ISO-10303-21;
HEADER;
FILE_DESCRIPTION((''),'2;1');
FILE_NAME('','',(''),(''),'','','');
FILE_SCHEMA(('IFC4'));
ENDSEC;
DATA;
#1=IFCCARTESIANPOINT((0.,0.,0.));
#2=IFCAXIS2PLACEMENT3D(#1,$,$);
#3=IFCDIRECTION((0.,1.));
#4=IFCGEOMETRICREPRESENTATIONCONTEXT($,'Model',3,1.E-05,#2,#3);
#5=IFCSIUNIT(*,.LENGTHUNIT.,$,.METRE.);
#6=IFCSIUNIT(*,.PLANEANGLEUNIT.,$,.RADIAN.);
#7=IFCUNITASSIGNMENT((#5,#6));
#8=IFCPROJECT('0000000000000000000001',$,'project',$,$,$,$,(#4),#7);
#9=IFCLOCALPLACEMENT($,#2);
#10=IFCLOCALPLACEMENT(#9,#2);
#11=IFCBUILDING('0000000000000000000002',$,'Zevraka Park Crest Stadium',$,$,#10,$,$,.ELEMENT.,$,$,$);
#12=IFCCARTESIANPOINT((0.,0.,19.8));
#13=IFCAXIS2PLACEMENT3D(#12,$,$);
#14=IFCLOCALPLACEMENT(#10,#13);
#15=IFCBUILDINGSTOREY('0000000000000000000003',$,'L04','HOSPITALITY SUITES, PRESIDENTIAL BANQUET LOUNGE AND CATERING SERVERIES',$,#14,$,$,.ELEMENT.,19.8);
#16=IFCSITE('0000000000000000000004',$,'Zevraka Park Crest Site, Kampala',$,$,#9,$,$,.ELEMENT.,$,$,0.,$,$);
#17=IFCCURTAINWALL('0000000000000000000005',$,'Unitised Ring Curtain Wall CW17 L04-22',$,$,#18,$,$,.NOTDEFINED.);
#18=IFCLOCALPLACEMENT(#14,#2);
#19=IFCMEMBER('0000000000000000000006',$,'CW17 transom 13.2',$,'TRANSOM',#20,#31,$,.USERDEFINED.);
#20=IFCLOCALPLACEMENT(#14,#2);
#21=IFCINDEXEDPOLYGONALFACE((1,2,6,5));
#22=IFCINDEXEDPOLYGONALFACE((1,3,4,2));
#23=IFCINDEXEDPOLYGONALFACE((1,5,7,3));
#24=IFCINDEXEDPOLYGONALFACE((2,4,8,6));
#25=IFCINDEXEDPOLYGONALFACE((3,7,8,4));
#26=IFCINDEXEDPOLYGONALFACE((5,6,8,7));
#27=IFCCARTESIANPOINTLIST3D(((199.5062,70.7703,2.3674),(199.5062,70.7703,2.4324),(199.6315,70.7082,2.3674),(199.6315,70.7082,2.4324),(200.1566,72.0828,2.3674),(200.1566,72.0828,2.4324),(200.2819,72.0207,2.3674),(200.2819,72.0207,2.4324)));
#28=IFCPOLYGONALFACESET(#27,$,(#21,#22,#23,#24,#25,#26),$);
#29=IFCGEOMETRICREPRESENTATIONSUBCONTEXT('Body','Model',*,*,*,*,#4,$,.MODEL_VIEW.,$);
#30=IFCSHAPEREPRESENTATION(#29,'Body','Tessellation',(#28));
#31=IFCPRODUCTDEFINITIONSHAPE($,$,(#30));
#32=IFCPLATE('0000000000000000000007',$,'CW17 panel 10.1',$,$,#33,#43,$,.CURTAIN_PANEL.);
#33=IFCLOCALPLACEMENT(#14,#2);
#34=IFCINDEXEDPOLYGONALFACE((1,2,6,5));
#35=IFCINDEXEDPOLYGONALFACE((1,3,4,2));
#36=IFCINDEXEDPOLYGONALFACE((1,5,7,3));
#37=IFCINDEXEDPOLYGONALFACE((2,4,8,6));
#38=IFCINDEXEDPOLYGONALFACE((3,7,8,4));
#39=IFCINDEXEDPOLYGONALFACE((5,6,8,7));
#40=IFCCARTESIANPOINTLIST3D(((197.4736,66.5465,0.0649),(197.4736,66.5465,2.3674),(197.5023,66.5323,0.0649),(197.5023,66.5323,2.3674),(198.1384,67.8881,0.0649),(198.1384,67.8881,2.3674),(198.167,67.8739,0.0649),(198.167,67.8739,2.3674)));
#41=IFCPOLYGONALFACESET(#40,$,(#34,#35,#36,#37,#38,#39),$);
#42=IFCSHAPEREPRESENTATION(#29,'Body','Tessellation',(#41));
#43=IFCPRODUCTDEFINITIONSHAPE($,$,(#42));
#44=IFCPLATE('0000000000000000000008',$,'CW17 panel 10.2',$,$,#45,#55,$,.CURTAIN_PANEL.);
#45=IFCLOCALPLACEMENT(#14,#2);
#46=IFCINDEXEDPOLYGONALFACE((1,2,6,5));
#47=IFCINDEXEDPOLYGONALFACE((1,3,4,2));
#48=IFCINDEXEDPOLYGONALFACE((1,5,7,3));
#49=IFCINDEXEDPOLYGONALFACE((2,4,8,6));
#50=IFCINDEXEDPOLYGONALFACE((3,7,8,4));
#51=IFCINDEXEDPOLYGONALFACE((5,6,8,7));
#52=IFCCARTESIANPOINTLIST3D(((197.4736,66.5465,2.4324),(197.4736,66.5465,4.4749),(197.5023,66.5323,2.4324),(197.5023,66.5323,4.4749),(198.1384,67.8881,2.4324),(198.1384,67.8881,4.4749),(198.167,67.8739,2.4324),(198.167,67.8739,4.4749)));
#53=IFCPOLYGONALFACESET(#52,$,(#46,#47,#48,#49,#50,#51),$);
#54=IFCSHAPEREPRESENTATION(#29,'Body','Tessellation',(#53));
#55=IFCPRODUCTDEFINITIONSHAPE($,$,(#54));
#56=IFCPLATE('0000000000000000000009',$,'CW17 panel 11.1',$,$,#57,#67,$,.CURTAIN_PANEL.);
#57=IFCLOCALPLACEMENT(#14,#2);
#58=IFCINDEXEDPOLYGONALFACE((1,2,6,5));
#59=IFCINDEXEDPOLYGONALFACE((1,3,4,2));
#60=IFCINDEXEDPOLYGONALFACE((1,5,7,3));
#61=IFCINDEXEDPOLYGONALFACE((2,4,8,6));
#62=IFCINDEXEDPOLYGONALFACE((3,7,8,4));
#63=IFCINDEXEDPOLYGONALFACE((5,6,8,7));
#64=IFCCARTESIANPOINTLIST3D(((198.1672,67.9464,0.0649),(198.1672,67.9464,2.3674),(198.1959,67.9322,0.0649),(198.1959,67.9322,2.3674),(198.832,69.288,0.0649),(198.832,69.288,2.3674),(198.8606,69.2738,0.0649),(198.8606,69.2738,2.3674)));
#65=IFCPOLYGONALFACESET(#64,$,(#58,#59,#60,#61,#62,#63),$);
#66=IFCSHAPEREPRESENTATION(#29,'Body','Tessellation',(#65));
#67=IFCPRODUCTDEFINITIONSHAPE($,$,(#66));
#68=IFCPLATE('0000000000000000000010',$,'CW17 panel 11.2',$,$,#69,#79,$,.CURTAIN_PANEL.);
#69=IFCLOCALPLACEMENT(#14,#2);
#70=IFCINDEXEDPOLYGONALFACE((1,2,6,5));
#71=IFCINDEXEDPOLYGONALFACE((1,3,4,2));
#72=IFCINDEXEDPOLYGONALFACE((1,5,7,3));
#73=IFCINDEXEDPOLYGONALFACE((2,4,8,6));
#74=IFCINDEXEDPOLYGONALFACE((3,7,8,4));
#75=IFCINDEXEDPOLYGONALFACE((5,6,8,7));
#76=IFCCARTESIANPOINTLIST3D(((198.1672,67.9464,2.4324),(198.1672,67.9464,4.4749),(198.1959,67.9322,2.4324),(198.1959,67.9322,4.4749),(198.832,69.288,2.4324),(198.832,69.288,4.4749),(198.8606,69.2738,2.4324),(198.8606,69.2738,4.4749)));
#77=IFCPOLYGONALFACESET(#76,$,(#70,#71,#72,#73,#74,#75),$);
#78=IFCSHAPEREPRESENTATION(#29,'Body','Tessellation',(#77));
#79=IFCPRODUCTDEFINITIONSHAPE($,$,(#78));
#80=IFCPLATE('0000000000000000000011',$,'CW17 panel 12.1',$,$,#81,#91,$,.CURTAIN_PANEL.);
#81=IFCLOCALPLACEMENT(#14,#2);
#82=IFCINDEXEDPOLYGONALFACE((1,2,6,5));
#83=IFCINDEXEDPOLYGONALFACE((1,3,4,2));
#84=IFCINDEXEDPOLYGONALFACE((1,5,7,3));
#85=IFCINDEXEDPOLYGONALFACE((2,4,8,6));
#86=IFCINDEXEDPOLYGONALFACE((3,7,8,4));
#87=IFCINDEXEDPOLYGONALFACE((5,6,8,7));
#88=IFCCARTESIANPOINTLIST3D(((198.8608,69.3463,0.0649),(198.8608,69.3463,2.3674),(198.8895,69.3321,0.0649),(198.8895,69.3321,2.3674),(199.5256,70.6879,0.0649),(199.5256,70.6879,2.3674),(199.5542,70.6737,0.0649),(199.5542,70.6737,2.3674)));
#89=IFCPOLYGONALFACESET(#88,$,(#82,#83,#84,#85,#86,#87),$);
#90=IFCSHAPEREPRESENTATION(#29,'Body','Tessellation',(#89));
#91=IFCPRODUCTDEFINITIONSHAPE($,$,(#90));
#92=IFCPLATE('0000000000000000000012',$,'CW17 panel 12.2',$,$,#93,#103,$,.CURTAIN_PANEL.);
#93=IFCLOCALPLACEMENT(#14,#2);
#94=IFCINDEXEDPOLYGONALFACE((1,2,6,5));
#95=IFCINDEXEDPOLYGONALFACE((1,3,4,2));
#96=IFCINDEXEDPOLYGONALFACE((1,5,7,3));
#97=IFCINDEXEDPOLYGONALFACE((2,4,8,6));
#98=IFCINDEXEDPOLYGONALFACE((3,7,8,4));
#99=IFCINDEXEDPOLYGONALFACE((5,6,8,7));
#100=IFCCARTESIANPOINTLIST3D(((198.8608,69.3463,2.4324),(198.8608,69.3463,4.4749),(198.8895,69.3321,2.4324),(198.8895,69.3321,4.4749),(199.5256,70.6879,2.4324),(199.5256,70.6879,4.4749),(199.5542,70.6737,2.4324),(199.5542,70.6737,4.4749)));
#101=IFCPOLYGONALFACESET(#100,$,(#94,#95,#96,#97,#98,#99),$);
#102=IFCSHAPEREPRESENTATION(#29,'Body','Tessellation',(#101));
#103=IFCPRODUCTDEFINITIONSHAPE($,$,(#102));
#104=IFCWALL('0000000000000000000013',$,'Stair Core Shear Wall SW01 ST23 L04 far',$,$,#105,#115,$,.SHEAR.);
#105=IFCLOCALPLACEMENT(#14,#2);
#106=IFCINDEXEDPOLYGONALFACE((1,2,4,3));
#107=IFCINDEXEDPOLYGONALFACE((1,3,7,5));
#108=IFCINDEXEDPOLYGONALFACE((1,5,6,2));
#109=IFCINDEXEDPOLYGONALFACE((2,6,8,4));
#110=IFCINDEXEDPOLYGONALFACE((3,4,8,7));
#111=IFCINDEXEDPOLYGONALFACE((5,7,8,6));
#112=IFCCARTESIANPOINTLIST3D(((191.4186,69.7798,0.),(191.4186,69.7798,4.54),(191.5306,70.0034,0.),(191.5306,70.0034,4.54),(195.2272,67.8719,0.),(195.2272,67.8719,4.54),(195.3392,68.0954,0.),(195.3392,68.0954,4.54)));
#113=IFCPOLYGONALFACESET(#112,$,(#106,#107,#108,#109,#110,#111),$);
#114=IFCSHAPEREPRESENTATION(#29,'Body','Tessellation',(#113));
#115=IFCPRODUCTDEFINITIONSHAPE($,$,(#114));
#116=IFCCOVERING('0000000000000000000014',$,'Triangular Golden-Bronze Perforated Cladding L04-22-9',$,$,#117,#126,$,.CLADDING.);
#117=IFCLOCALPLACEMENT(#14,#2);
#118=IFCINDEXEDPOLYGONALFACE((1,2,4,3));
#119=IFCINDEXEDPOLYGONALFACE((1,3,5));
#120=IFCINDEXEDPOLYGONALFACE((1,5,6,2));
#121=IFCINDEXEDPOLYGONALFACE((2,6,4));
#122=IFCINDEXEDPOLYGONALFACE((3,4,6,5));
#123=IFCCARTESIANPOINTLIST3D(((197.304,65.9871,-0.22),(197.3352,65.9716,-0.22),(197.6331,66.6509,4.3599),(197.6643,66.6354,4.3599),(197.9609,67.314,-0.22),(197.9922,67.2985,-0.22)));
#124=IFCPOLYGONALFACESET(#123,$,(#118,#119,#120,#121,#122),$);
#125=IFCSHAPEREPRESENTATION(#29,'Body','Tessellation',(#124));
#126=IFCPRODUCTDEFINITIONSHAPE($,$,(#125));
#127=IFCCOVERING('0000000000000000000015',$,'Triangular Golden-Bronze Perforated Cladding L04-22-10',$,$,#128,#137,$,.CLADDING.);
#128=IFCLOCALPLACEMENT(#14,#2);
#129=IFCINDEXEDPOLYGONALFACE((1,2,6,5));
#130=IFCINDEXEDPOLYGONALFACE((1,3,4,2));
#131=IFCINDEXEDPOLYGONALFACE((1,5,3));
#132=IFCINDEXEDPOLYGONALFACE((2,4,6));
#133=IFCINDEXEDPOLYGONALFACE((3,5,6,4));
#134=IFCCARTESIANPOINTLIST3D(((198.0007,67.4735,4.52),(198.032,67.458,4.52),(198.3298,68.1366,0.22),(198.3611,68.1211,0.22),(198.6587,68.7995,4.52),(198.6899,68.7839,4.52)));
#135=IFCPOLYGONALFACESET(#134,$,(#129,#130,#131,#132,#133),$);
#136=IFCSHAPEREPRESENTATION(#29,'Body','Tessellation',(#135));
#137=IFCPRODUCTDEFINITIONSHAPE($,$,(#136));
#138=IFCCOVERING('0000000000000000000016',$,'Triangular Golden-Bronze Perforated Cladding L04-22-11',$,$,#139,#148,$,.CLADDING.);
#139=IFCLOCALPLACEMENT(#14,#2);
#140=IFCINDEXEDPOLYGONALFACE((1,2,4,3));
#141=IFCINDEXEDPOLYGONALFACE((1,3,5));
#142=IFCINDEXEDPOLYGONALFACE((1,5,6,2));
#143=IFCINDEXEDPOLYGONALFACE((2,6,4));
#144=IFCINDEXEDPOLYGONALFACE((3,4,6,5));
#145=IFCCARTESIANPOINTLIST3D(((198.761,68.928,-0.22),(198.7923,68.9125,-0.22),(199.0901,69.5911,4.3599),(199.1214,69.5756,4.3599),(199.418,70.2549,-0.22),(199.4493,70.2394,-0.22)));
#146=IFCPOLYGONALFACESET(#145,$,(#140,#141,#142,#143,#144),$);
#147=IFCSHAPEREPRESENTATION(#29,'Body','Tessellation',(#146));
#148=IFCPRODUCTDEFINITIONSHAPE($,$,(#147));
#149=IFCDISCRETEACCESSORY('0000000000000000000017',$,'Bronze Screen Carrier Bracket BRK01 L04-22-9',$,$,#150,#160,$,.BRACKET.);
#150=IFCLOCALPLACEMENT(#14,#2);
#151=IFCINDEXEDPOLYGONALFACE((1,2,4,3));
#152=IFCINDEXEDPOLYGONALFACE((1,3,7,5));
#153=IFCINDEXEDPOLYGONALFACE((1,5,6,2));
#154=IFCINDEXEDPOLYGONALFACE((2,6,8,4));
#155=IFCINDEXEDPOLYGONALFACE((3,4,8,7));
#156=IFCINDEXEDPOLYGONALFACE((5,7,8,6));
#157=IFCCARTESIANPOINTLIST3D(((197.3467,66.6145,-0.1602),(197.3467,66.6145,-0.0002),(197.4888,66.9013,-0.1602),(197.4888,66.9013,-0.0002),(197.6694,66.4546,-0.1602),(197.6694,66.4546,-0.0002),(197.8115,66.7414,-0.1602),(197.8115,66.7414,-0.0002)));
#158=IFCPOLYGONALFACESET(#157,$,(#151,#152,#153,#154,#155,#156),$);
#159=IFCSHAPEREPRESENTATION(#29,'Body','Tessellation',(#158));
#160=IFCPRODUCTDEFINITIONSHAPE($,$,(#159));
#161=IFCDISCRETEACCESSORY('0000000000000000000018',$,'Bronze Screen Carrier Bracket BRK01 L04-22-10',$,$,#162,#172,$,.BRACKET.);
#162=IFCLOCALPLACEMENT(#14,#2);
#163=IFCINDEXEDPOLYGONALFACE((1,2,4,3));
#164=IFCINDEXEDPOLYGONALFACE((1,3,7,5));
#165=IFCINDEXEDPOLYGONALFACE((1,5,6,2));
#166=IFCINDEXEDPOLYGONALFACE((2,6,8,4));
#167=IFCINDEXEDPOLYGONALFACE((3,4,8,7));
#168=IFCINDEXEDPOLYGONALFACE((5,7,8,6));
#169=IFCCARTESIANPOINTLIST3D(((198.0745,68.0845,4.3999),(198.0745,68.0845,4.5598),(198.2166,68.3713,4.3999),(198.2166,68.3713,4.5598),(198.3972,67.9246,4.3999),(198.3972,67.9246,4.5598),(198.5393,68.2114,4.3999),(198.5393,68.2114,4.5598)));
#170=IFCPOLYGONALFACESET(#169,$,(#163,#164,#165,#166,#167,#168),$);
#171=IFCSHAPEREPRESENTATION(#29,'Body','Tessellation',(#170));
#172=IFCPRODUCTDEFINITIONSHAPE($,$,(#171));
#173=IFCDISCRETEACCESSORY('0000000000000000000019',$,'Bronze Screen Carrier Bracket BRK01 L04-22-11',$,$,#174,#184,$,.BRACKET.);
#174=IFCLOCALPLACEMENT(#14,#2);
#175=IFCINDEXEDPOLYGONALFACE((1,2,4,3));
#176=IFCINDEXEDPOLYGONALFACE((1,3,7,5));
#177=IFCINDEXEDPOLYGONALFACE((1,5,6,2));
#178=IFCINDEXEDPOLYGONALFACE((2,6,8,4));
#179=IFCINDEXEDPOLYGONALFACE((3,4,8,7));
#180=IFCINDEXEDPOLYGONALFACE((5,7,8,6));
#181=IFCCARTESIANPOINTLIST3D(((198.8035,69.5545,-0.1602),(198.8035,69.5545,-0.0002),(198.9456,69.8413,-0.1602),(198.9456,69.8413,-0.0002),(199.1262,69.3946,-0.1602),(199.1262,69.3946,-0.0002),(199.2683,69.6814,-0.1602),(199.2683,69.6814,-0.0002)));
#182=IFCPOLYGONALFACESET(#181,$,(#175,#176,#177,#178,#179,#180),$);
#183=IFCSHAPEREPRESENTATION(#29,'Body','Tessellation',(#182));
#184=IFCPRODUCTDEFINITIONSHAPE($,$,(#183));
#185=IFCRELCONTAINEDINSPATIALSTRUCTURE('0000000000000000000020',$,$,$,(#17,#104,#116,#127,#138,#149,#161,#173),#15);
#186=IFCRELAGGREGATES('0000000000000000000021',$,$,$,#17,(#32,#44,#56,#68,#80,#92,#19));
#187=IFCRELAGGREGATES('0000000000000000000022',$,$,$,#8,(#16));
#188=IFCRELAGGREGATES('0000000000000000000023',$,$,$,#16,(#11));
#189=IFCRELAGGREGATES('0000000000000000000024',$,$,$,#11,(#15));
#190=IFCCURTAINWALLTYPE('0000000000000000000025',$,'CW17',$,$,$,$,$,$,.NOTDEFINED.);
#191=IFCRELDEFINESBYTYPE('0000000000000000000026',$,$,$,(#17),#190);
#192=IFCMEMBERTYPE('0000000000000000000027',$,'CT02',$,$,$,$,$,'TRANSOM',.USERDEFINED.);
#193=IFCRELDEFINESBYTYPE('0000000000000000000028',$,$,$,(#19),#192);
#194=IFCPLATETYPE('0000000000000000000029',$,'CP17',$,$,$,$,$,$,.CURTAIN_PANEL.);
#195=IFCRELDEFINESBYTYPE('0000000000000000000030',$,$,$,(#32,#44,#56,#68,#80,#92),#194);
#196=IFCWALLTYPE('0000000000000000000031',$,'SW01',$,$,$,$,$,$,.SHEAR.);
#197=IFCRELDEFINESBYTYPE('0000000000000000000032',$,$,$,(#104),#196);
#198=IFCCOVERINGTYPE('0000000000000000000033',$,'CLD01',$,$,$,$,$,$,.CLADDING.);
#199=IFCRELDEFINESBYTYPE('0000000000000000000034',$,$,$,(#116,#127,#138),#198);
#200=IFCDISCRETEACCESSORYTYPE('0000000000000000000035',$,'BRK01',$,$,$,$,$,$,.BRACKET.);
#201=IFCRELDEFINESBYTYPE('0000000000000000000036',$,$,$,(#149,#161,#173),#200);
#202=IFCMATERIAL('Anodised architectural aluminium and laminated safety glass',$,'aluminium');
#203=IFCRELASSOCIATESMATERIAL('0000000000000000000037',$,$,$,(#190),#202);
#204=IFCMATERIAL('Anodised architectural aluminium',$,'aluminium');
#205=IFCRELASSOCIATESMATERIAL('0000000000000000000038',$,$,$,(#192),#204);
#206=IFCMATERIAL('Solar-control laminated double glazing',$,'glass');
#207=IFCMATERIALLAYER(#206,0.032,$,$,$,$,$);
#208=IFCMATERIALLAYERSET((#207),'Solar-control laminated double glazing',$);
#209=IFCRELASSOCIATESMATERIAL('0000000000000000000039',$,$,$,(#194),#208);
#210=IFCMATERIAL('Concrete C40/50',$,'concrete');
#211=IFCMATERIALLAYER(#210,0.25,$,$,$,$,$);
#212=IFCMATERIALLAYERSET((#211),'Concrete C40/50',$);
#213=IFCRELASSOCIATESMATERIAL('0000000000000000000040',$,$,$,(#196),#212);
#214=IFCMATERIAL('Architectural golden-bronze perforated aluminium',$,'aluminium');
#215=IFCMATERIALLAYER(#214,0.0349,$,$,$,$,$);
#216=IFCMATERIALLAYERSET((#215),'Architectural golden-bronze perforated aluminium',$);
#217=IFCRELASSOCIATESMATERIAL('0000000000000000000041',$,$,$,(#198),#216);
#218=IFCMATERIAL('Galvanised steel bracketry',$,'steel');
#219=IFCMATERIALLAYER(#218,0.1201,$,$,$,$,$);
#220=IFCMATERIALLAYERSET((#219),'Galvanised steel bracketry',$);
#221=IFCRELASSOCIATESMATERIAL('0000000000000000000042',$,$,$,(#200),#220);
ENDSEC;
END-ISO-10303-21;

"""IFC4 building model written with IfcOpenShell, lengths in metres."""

from ifc_helpers import new_model, si_unit, direction, frame, frame_2d, origin, origin_2d, place, context, subcontext, project, spatial, polyline, rectangle, outline, extrude, material, layer, layer_set, material_profile, profile_set, type_object, element, aggregate, save


model = new_model("IFC4")

# Units and contexts
model_context = context("Model", 3, precision=1e-05, world=origin(), true_north=direction((0.0, 1.0)))
body_context = subcontext(model_context, "Body", "Model", "MODEL_VIEW")
ifc_project = project(units=[si_unit("LENGTHUNIT", "METRE"), si_unit("PLANEANGLEUNIT", "RADIAN")], contexts=[model_context])

# Site, building, storey
site_placement = place(None, origin())
site = spatial("IfcSite", under=ifc_project, at=site_placement, Name="Zevraka Park Crest Site, Kampala", CompositionType="ELEMENT", RefElevation=0.0)
building_placement = place(site_placement, origin())
building = spatial("IfcBuilding", under=site, at=building_placement, Name="Zevraka Park Crest Stadium", CompositionType="ELEMENT")
storey_placement = place(building_placement, frame((0.0, 0.0, 19.8)))
storey = spatial("IfcBuildingStorey", under=building, at=storey_placement, Name="L04", Description="HOSPITALITY SUITES, PRESIDENTIAL BANQUET LOUNGE AND CATERING SERVERIES", CompositionType="ELEMENT", Elevation=19.8)

# Curtain wall, member, plates
ifc_material_1 = material(Name="Anodised architectural aluminium and laminated safety glass", Category="aluminium")
curtain_wall_type = type_object("IfcCurtainWallType", Name="CW17", PredefinedType="NOTDEFINED", material=ifc_material_1)
curtain_wall_placement = place(storey_placement, origin())
curtain_wall = element("IfcCurtainWall", 1, at=curtain_wall_placement, inside=storey, type_object=curtain_wall_type, Name="Unitised Ring Curtain Wall CW17 L04-22", PredefinedType="NOTDEFINED")
ifc_material_2 = material(Name="Anodised architectural aluminium", Category="aluminium")
ifc_material_profile_1 = material_profile(ifc_material_2, rectangle(XDim=0.1399, YDim=0.0649, at=origin_2d()), Name="ALU TRANSOM 140x65")
ifc_profile_set_1 = profile_set([ifc_material_profile_1], Name="Anodised architectural aluminium")
member_type_1 = type_object("IfcMemberType", Name="CT02", ElementType="TRANSOM", PredefinedType="USERDEFINED", material=ifc_profile_set_1)
member_1_placement = place(storey_placement, frame((199.5688, 70.7393, 2.3999), z_axis=(0.444011, 0.896022, 0.0), x_axis=(-0.896022, 0.444011, 0.0)))
member_1 = element("IfcMember", 2, at=member_1_placement, type_object=member_type_1, Name="CW17 transom 13.2", ObjectType="TRANSOM", PredefinedType="USERDEFINED", context=body_context, shape_type="SweptSolid", body=[
    extrude(rectangle(XDim=0.1399, YDim=0.0649, at=origin_2d()), origin(), (0.0, 0.0, 1.0), 1.4648),
])
ifc_material_3 = material(Name="Solar-control laminated double glazing", Category="glass")
ifc_layer_1 = layer(ifc_material_3, 0.032)
ifc_layer_set_1 = layer_set([ifc_layer_1], Name="Solar-control laminated double glazing")
plate_type = type_object("IfcPlateType", Name="CP17", PredefinedType="CURTAIN_PANEL", material=ifc_layer_set_1)
plate_1_placement = place(storey_placement, frame((197.8203, 67.2102, 0.0649), z_axis=(0.0, 0.0, 1.0), x_axis=(0.443961, 0.896046, 0.0)))
plate_1 = element("IfcPlate", 3, at=plate_1_placement, type_object=plate_type, Name="CW17 panel 10.1", PredefinedType="CURTAIN_PANEL", context=body_context, shape_type="SweptSolid", body=[
    extrude(rectangle(XDim=1.4973, YDim=0.032, at=origin_2d()), origin(), (0.0, 0.0, 1.0), 2.3025),
])
plate_2_placement = place(storey_placement, frame((197.8203, 67.2102, 2.4324), z_axis=(0.0, 0.0, 1.0), x_axis=(0.443961, 0.896046, 0.0)))
plate_2 = element("IfcPlate", 4, at=plate_2_placement, type_object=plate_type, Name="CW17 panel 10.2", PredefinedType="CURTAIN_PANEL", context=body_context, shape_type="SweptSolid", body=[
    extrude(rectangle(XDim=1.4973, YDim=0.032, at=origin_2d()), origin(), (0.0, 0.0, 1.0), 2.0425),
])
plate_3_placement = place(storey_placement, frame((198.5139, 68.6101, 0.0649), z_axis=(0.0, 0.0, 1.0), x_axis=(0.443961, 0.896046, 0.0)))
plate_3 = element("IfcPlate", 5, at=plate_3_placement, type_object=plate_type, Name="CW17 panel 11.1", PredefinedType="CURTAIN_PANEL", context=body_context, shape_type="SweptSolid", body=[
    extrude(rectangle(XDim=1.4973, YDim=0.032, at=origin_2d()), origin(), (0.0, 0.0, 1.0), 2.3025),
])
plate_4_placement = place(storey_placement, frame((198.5139, 68.6101, 2.4324), z_axis=(0.0, 0.0, 1.0), x_axis=(0.443961, 0.896046, 0.0)))
plate_4 = element("IfcPlate", 6, at=plate_4_placement, type_object=plate_type, Name="CW17 panel 11.2", PredefinedType="CURTAIN_PANEL", context=body_context, shape_type="SweptSolid", body=[
    extrude(rectangle(XDim=1.4973, YDim=0.032, at=origin_2d()), origin(), (0.0, 0.0, 1.0), 2.0425),
])
plate_5_placement = place(storey_placement, frame((199.2075, 70.01, 0.0649), z_axis=(0.0, 0.0, 1.0), x_axis=(0.443961, 0.896046, 0.0)))
plate_5 = element("IfcPlate", 7, at=plate_5_placement, type_object=plate_type, Name="CW17 panel 12.1", PredefinedType="CURTAIN_PANEL", context=body_context, shape_type="SweptSolid", body=[
    extrude(rectangle(XDim=1.4973, YDim=0.032, at=origin_2d()), origin(), (0.0, 0.0, 1.0), 2.3025),
])
plate_6_placement = place(storey_placement, frame((199.2075, 70.01, 2.4324), z_axis=(0.0, 0.0, 1.0), x_axis=(0.443961, 0.896046, 0.0)))
plate_6 = element("IfcPlate", 8, at=plate_6_placement, type_object=plate_type, Name="CW17 panel 12.2", PredefinedType="CURTAIN_PANEL", context=body_context, shape_type="SweptSolid", body=[
    extrude(rectangle(XDim=1.4973, YDim=0.032, at=origin_2d()), origin(), (0.0, 0.0, 1.0), 2.0425),
])
aggregate(curtain_wall, [plate_1, plate_2, plate_3, plate_4, plate_5, plate_6, member_1])

# Wall
ifc_material_4 = material(Name="Concrete C40/50", Category="concrete")
ifc_layer_2 = layer(ifc_material_4, 0.25)
ifc_layer_set_2 = layer_set([ifc_layer_2], Name="Concrete C40/50")
wall_type = type_object("IfcWallType", Name="SW01", PredefinedType="SHEAR", material=ifc_layer_set_2)
wall_placement = place(storey_placement, frame((195.2832, 67.9836, 0.0), z_axis=(0.0, 0.0, 1.0), x_axis=(-0.894083, 0.447901, 0.0)))
element("IfcWall", 9, at=wall_placement, inside=storey, type_object=wall_type, Name="Stair Core Shear Wall SW01 ST23 L04 far", PredefinedType="SHEAR", context=body_context, shape_type="SweptSolid", body=[
    extrude(rectangle(XDim=4.2598, YDim=0.25, at=frame_2d((2.1299, 0.0))), origin(), (0.0, 0.0, 1.0), 4.54),
])

# Coverings
ifc_material_5 = material(Name="Architectural golden-bronze perforated aluminium", Category="aluminium")
ifc_layer_3 = layer(ifc_material_5, 0.0349)
ifc_layer_set_3 = layer_set([ifc_layer_3], Name="Architectural golden-bronze perforated aluminium")
covering_type = type_object("IfcCoveringType", Name="CLD01", PredefinedType="CLADDING", material=ifc_layer_set_3)
covering_1_placement = place(storey_placement, frame((197.304, 65.9871, -0.22), z_axis=(-0.896168, 0.443715, 0.000084), x_axis=(0.443715, 0.896168, 0.0)))
element("IfcCovering", 10, at=covering_1_placement, inside=storey, type_object=covering_type, Name="Triangular Golden-Bronze Perforated Cladding L04-22-9", PredefinedType="CLADDING", context=body_context, shape_type="SweptSolid", body=[
    extrude(outline(polyline([(0.0, 0.0), (1.4806, 0.0), (0.7409, -4.5798), (0.0, 0.0)])), origin(), (0.0, 0.0, -1.0), 0.0349),
])
covering_2_placement = place(storey_placement, frame((198.6899, 68.7839, 4.52), z_axis=(0.895776, -0.444507, 0.000013), x_axis=(-0.444507, -0.895776, 0.0)))
element("IfcCovering", 11, at=covering_2_placement, inside=storey, type_object=covering_type, Name="Triangular Golden-Bronze Perforated Cladding L04-22-10", PredefinedType="CLADDING", context=body_context, shape_type="SweptSolid", body=[
    extrude(outline(polyline([(0.0, 0.0), (1.4802, 0.0), (0.7399, 4.3), (0.0, 0.0)])), origin(), (0.0, 0.0, -1.0), 0.0349),
])
covering_3_placement = place(storey_placement, frame((198.761, 68.928, -0.22), z_axis=(-0.896168, 0.443715, 0.000155), x_axis=(0.443715, 0.896168, 0.0)))
element("IfcCovering", 12, at=covering_3_placement, inside=storey, type_object=covering_type, Name="Triangular Golden-Bronze Perforated Cladding L04-22-11", PredefinedType="CLADDING", context=body_context, shape_type="SweptSolid", body=[
    extrude(outline(polyline([(0.0, 0.0), (1.4806, 0.0), (0.7403, -4.5798), (0.0, 0.0)])), origin(), (0.0, 0.0, -1.0), 0.0349),
])

# Discrete accessories
ifc_material_6 = material(Name="Galvanised steel bracketry", Category="steel")
ifc_layer_4 = layer(ifc_material_6, 0.1201)
ifc_layer_set_4 = layer_set([ifc_layer_4], Name="Galvanised steel bracketry")
discrete_accessory_type = type_object("IfcDiscreteAccessoryType", Name="BRK01", PredefinedType="BRACKET", material=ifc_layer_set_4)
for number, where, z_axis, x_axis, name in (
    (13, (197.5791, 66.678, -0.1602), (0.0, 0.0, 1.0), (0.44401, 0.896022, 0.0), "Bronze Screen Carrier Bracket BRK01 L04-22-9"),
    (14, (198.3069, 68.1479, 4.3999), (0.0, 0.0, 1.0), (0.44401, 0.896022, 0.0), "Bronze Screen Carrier Bracket BRK01 L04-22-10"),
    (15, (199.0359, 69.6179, -0.1602), (0.0, 0.0, 1.0), (0.44401, 0.896022, 0.0), "Bronze Screen Carrier Bracket BRK01 L04-22-11"),
):
    element("IfcDiscreteAccessory", number, at=place(storey_placement, frame(where, z_axis=z_axis, x_axis=x_axis)), inside=storey, type_object=discrete_accessory_type, Name=name, PredefinedType="BRACKET", context=body_context, shape_type="SweptSolid", body=[
        extrude(rectangle(XDim=0.3201, YDim=0.3601, at=origin_2d()), origin(), (0.0, 0.0, 1.0), 0.1599),
    ])

save(model, "model.ifc")
